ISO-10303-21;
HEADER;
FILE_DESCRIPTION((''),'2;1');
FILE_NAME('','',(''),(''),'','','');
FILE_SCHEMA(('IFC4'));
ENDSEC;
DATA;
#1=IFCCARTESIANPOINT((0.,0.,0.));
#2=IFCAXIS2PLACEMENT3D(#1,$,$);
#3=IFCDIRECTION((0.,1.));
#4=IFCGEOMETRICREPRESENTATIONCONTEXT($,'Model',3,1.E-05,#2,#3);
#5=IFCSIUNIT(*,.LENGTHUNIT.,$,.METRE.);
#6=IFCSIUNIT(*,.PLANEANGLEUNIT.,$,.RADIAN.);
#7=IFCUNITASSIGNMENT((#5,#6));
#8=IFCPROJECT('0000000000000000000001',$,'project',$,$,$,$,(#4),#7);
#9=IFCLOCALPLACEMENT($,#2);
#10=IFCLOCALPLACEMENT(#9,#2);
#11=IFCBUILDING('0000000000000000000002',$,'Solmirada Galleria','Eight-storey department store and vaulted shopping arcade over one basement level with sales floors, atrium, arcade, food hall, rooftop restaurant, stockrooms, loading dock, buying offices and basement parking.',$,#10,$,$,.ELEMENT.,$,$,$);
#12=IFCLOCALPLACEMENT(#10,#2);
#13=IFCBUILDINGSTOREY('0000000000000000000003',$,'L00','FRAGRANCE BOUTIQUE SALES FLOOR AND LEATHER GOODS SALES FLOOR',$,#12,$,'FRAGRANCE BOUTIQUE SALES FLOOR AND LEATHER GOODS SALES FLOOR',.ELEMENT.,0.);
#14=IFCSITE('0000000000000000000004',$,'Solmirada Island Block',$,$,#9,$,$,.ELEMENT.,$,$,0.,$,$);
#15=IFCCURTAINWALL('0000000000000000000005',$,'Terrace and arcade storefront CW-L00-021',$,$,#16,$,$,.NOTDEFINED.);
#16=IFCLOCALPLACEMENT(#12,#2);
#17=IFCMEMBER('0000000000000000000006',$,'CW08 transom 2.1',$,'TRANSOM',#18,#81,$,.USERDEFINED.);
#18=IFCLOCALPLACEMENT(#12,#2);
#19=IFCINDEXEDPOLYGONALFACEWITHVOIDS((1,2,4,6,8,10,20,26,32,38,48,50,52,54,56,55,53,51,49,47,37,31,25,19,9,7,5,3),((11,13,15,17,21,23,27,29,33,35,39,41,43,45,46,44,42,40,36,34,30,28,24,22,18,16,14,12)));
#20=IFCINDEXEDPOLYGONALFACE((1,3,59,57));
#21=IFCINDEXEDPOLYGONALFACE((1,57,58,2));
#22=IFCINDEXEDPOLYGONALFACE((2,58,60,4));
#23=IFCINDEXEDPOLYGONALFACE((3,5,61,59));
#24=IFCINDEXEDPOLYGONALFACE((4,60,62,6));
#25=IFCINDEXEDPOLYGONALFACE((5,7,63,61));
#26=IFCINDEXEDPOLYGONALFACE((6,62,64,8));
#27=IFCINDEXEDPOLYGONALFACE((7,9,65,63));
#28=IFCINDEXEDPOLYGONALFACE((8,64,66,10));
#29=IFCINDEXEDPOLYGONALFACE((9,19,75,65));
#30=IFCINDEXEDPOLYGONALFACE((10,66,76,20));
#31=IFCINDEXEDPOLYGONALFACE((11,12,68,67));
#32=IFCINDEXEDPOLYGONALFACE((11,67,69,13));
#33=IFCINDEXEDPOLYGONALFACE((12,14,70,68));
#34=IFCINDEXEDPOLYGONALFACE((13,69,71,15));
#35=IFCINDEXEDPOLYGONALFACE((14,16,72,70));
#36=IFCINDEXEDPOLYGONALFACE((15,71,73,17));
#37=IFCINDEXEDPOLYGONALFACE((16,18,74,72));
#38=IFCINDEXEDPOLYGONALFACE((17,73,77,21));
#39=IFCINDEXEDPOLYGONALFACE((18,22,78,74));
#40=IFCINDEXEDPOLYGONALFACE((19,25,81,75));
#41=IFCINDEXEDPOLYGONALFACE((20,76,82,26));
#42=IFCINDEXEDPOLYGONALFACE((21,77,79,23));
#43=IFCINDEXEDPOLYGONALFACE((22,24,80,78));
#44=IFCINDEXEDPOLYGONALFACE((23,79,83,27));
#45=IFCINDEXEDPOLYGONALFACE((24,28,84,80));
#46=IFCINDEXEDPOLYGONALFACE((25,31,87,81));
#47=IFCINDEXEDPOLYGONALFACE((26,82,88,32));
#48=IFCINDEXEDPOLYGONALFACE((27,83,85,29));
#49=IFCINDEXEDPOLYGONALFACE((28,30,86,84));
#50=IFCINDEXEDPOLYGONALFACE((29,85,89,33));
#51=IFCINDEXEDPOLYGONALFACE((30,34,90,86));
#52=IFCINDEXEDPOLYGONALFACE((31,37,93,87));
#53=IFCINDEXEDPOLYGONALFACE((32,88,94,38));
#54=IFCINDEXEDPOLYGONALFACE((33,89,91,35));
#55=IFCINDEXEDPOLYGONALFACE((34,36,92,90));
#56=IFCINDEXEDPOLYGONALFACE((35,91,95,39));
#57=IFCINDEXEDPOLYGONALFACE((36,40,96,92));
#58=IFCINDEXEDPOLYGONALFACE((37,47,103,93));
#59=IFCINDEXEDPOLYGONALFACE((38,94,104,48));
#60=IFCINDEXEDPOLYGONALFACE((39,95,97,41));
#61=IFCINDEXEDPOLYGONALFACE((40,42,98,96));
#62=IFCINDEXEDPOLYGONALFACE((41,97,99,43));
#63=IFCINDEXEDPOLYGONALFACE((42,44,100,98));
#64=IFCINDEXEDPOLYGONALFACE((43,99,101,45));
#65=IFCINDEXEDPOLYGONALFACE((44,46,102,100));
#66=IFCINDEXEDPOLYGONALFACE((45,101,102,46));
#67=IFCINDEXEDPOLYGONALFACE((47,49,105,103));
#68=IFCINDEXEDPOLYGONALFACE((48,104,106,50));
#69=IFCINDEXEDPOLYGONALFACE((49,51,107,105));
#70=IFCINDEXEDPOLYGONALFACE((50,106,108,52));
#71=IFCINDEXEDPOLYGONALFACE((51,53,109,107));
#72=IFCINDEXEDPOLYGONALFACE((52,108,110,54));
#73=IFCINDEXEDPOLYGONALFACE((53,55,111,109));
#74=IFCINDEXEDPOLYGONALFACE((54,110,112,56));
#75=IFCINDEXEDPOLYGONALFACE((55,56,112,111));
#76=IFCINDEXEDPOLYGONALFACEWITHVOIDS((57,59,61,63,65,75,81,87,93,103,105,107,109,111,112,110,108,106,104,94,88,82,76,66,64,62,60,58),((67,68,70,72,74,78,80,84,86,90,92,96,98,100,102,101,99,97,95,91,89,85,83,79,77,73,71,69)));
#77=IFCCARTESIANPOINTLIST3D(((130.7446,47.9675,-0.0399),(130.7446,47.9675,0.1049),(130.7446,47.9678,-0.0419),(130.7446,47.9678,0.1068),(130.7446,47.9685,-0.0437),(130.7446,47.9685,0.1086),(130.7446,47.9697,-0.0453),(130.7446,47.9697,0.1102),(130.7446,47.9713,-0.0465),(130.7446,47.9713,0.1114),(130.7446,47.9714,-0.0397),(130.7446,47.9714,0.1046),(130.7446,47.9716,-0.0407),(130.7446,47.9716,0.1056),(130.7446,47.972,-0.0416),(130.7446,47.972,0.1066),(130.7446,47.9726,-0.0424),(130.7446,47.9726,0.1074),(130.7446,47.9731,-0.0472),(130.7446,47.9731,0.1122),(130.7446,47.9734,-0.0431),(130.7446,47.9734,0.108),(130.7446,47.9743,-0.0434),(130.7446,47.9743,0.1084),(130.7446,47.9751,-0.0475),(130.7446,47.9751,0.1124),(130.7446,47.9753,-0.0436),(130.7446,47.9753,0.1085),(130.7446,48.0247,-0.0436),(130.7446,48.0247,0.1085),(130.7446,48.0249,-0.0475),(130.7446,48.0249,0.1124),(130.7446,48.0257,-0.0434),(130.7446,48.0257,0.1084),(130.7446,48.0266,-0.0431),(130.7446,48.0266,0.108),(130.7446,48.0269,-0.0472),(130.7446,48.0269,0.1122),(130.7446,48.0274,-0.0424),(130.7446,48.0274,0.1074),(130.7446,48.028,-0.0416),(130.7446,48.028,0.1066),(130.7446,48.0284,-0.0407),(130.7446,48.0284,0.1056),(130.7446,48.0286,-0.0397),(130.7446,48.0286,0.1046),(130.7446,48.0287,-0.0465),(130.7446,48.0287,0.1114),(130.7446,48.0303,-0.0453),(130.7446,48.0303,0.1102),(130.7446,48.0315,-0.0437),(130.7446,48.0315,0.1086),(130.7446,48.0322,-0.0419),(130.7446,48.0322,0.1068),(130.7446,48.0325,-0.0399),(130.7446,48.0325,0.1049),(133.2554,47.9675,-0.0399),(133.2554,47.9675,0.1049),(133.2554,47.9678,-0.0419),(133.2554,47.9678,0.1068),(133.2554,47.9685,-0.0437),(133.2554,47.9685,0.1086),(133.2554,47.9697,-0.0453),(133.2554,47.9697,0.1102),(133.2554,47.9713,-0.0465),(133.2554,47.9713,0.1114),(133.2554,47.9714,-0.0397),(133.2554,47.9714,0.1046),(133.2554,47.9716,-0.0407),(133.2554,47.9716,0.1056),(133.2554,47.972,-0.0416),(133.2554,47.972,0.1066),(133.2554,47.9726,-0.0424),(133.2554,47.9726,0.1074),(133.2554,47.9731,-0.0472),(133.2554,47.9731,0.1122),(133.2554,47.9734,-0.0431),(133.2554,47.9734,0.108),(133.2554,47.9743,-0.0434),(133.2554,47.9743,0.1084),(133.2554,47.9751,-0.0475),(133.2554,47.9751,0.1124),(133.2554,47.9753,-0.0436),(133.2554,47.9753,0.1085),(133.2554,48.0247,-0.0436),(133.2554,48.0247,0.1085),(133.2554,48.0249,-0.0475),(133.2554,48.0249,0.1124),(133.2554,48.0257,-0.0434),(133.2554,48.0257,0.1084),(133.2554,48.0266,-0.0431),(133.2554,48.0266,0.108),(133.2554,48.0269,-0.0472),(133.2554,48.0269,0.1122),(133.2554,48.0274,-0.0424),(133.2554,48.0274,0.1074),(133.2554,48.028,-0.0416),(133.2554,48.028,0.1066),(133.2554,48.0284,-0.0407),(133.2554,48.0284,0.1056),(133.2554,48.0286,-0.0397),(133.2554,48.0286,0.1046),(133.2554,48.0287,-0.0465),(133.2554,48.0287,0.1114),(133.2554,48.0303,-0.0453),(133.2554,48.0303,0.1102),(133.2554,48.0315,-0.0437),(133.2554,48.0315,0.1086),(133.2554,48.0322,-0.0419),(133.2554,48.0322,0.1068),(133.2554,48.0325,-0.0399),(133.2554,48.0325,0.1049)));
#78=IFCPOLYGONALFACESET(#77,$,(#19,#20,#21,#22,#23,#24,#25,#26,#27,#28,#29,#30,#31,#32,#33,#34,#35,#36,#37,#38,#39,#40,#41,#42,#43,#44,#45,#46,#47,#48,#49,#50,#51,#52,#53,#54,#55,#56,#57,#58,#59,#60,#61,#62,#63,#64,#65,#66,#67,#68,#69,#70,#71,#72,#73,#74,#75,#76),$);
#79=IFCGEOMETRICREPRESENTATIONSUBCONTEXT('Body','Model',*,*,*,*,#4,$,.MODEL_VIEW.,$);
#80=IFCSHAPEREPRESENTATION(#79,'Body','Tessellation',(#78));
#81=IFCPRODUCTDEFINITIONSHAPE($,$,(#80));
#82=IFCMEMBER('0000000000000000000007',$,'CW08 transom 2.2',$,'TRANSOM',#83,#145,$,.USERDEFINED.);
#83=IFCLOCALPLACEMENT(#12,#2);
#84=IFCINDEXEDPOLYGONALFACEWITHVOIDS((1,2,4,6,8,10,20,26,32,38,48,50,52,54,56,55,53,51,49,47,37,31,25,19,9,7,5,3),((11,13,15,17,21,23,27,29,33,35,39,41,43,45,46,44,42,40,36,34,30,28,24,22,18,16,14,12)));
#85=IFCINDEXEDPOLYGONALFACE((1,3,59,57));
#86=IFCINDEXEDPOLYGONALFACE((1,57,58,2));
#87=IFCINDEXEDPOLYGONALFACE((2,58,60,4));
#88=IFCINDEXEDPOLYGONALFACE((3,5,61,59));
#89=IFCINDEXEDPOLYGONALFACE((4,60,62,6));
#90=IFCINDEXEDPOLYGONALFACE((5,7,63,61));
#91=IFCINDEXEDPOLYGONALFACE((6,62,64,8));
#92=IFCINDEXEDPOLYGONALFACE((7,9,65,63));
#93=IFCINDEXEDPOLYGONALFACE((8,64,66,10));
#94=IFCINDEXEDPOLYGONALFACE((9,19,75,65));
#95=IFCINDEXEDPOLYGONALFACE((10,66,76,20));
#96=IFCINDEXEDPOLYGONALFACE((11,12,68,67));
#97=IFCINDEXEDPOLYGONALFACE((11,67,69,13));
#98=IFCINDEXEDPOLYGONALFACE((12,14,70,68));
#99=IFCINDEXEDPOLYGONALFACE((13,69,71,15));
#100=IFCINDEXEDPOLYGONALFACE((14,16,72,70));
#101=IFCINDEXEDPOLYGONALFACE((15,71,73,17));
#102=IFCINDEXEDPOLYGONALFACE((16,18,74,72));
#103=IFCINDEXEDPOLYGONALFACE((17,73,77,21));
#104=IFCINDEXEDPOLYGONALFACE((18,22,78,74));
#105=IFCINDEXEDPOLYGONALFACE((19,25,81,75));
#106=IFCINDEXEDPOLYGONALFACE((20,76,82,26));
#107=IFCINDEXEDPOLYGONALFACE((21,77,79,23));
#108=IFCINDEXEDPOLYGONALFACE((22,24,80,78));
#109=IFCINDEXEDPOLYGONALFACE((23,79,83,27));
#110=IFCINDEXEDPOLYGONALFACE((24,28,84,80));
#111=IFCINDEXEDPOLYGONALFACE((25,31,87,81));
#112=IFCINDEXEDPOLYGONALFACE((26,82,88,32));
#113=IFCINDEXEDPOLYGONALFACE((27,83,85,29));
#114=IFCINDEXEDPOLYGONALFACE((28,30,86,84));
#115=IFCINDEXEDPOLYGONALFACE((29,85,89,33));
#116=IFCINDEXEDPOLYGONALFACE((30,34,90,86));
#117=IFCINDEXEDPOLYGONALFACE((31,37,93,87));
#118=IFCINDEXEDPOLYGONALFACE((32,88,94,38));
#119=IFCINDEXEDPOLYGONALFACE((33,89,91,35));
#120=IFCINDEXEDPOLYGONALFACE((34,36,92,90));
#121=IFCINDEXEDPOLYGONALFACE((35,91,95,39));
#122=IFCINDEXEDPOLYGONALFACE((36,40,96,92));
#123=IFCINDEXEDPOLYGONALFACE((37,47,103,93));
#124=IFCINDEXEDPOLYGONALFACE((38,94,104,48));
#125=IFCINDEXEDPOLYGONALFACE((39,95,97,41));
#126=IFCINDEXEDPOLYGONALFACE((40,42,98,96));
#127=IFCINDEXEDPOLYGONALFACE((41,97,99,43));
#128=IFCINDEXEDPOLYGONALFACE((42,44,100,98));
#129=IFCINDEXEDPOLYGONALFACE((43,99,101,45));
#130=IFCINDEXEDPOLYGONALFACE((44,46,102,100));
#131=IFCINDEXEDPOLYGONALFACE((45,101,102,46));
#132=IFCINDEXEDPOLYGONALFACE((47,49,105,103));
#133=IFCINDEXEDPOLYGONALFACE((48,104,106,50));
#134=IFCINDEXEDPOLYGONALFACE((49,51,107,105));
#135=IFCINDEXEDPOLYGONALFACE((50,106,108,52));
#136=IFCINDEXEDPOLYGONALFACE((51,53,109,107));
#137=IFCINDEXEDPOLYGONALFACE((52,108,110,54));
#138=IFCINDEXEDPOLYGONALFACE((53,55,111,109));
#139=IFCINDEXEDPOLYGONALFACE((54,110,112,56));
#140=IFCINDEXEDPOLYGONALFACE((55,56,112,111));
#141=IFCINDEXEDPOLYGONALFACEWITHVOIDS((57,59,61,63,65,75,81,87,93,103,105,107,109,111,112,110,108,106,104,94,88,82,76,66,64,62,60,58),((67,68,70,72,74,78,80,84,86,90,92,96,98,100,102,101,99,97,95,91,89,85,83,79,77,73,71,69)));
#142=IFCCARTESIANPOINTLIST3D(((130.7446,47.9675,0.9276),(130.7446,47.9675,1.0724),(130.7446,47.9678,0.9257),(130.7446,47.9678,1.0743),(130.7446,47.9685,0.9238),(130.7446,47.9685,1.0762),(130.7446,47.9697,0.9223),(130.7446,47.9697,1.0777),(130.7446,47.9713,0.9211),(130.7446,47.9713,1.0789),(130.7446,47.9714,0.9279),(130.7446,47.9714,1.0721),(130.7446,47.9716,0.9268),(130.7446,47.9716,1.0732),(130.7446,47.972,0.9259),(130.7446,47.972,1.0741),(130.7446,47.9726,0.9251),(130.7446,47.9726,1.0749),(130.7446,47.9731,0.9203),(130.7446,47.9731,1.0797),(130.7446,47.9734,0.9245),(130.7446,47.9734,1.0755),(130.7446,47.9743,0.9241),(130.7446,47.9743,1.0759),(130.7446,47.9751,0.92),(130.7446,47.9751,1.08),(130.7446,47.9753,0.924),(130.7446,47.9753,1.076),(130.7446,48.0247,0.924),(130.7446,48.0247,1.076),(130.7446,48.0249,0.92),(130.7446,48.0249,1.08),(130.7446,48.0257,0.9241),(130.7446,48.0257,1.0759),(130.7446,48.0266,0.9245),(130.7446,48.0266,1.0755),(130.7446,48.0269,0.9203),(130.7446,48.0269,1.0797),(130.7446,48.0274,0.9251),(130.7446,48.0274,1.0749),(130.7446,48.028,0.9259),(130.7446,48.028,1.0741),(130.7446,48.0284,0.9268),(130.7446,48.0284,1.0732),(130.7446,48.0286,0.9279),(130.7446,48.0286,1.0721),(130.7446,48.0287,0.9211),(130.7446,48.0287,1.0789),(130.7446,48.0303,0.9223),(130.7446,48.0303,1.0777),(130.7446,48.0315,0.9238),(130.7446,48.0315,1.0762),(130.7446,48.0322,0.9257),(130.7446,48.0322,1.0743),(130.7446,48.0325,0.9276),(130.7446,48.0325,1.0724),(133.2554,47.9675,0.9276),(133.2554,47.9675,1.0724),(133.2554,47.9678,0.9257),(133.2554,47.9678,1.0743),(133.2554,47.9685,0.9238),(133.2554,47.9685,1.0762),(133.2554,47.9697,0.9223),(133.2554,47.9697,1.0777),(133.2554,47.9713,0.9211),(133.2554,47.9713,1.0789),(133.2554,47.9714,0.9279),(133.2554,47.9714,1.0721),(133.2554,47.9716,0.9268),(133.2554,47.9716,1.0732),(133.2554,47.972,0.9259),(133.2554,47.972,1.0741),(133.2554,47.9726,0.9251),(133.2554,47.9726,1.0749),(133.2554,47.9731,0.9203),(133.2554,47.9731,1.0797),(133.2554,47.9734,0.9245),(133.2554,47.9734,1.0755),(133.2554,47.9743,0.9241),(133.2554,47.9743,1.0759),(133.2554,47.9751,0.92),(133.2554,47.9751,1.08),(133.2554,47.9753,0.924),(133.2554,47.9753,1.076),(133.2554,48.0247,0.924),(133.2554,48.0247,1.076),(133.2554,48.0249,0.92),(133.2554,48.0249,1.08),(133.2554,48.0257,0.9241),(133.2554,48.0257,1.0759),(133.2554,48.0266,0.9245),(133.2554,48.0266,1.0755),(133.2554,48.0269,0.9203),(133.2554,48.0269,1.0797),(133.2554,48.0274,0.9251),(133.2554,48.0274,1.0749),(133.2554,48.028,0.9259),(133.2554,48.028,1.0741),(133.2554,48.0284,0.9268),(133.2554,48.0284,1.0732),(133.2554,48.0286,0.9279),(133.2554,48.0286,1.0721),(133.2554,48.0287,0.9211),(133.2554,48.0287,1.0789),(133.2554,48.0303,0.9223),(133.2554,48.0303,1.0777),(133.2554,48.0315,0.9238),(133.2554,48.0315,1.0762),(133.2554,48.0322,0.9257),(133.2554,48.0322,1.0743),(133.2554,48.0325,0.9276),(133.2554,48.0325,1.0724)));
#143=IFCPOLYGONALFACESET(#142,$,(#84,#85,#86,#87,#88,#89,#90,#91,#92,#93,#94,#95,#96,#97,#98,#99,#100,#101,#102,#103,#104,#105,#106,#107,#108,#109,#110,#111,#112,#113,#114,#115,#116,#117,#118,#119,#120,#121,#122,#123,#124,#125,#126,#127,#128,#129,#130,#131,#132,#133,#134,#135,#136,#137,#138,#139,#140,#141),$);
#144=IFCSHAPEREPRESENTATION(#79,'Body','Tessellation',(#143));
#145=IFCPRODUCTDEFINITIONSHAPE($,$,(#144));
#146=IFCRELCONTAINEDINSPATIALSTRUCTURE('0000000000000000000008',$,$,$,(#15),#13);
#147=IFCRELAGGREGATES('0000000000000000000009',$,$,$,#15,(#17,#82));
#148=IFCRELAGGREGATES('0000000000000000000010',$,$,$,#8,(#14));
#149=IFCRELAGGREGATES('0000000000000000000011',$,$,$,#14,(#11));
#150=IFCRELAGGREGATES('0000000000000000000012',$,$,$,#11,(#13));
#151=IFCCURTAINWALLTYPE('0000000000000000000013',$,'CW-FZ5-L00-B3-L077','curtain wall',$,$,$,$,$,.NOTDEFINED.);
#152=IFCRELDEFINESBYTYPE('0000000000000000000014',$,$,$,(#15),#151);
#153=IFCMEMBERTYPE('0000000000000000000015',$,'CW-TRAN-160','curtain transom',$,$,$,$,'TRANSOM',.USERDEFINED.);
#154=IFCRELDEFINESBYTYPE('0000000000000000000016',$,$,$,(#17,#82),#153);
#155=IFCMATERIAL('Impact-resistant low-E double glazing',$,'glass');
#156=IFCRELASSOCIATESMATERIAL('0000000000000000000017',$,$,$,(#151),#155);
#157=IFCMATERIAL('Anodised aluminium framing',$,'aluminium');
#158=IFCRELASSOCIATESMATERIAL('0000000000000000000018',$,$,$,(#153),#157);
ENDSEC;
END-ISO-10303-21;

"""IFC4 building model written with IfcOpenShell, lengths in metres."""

from ifc_helpers import new_model, si_unit, direction, frame, origin, origin_2d, place, context, subcontext, project, spatial, hollow_rectangle, extrude, material, material_profile, profile_set, type_object, element, aggregate, save


model = new_model("IFC4")

# Units and contexts
model_context = context("Model", 3, precision=1e-05, world=origin(), true_north=direction((0.0, 1.0)))
body_context = subcontext(model_context, "Body", "Model", "MODEL_VIEW")
ifc_project = project(units=[si_unit("LENGTHUNIT", "METRE"), si_unit("PLANEANGLEUNIT", "RADIAN")], contexts=[model_context])

# Site, building, storey
site_placement = place(None, origin())
site = spatial("IfcSite", under=ifc_project, at=site_placement, Name="Solmirada Island Block", CompositionType="ELEMENT", RefElevation=0.0)
building_placement = place(site_placement, origin())
building = spatial("IfcBuilding", under=site, at=building_placement, Name="Solmirada Galleria", Description="Eight-storey department store and vaulted shopping arcade over one basement level with sales floors, atrium, arcade, food hall, rooftop restaurant, stockrooms, loading dock, buying offices and basement parking.", CompositionType="ELEMENT")
storey_placement = place(building_placement, origin())
storey = spatial("IfcBuildingStorey", under=building, at=storey_placement, Name="L00", Description="FRAGRANCE BOUTIQUE SALES FLOOR AND LEATHER GOODS SALES FLOOR", LongName="FRAGRANCE BOUTIQUE SALES FLOOR AND LEATHER GOODS SALES FLOOR", CompositionType="ELEMENT", Elevation=0.0)

# Curtain wall
ifc_material_1 = material(Name="Impact-resistant low-E double glazing", Category="glass")
curtain_wall_type = type_object("IfcCurtainWallType", Name="CW-FZ5-L00-B3-L077", Description="curtain wall", PredefinedType="NOTDEFINED", material=ifc_material_1)
curtain_wall_1_placement = place(storey_placement, origin())
curtain_wall_1 = element("IfcCurtainWall", 1, at=curtain_wall_1_placement, inside=storey, type_object=curtain_wall_type, Name="Terrace and arcade storefront CW-L00-021", PredefinedType="NOTDEFINED")
ifc_material_2 = material(Name="Anodised aluminium framing", Category="aluminium")

# Members
ifc_material_profile_1 = material_profile(ifc_material_2, hollow_rectangle(XDim=0.0649, YDim=0.1599, WallThickness=0.0039, InnerFilletRadius=0.0039, OuterFilletRadius=0.0076, at=origin_2d()), Name="ALU-TRAN-160X65")
ifc_profile_set_1 = profile_set([ifc_material_profile_1], Name="Anodised aluminium framing")
member_type_1 = type_object("IfcMemberType", Name="CW-TRAN-160", Description="curtain transom", ElementType="TRANSOM", PredefinedType="USERDEFINED", material=ifc_profile_set_1)
member_1_placement = place(storey_placement, frame((130.7446, 48.0, 0.0325), z_axis=(1.0, 0.0, 0.0), x_axis=(0.0, 1.0, 0.0)))
member_1 = element("IfcMember", 2, at=member_1_placement, type_object=member_type_1, Name="CW08 transom 2.1", ObjectType="TRANSOM", PredefinedType="USERDEFINED", context=body_context, shape_type="SweptSolid", body=[
    extrude(hollow_rectangle(XDim=0.0649, YDim=0.1599, WallThickness=0.0039, InnerFilletRadius=0.0039, OuterFilletRadius=0.0076, at=origin_2d()), origin(), (0.0, 0.0, 1.0), 2.5107),
])
member_2_placement = place(storey_placement, frame((130.7446, 48.0, 1.0), z_axis=(1.0, 0.0, 0.0), x_axis=(0.0, 1.0, 0.0)))
member_2 = element("IfcMember", 3, at=member_2_placement, type_object=member_type_1, Name="CW08 transom 2.2", ObjectType="TRANSOM", PredefinedType="USERDEFINED", context=body_context, shape_type="SweptSolid", body=[
    extrude(hollow_rectangle(XDim=0.0649, YDim=0.1599, WallThickness=0.0039, InnerFilletRadius=0.0039, OuterFilletRadius=0.0076, at=origin_2d()), origin(), (0.0, 0.0, 1.0), 2.5107),
])

aggregate(curtain_wall_1, [member_1, member_2])

save(model, "model.ifc")
